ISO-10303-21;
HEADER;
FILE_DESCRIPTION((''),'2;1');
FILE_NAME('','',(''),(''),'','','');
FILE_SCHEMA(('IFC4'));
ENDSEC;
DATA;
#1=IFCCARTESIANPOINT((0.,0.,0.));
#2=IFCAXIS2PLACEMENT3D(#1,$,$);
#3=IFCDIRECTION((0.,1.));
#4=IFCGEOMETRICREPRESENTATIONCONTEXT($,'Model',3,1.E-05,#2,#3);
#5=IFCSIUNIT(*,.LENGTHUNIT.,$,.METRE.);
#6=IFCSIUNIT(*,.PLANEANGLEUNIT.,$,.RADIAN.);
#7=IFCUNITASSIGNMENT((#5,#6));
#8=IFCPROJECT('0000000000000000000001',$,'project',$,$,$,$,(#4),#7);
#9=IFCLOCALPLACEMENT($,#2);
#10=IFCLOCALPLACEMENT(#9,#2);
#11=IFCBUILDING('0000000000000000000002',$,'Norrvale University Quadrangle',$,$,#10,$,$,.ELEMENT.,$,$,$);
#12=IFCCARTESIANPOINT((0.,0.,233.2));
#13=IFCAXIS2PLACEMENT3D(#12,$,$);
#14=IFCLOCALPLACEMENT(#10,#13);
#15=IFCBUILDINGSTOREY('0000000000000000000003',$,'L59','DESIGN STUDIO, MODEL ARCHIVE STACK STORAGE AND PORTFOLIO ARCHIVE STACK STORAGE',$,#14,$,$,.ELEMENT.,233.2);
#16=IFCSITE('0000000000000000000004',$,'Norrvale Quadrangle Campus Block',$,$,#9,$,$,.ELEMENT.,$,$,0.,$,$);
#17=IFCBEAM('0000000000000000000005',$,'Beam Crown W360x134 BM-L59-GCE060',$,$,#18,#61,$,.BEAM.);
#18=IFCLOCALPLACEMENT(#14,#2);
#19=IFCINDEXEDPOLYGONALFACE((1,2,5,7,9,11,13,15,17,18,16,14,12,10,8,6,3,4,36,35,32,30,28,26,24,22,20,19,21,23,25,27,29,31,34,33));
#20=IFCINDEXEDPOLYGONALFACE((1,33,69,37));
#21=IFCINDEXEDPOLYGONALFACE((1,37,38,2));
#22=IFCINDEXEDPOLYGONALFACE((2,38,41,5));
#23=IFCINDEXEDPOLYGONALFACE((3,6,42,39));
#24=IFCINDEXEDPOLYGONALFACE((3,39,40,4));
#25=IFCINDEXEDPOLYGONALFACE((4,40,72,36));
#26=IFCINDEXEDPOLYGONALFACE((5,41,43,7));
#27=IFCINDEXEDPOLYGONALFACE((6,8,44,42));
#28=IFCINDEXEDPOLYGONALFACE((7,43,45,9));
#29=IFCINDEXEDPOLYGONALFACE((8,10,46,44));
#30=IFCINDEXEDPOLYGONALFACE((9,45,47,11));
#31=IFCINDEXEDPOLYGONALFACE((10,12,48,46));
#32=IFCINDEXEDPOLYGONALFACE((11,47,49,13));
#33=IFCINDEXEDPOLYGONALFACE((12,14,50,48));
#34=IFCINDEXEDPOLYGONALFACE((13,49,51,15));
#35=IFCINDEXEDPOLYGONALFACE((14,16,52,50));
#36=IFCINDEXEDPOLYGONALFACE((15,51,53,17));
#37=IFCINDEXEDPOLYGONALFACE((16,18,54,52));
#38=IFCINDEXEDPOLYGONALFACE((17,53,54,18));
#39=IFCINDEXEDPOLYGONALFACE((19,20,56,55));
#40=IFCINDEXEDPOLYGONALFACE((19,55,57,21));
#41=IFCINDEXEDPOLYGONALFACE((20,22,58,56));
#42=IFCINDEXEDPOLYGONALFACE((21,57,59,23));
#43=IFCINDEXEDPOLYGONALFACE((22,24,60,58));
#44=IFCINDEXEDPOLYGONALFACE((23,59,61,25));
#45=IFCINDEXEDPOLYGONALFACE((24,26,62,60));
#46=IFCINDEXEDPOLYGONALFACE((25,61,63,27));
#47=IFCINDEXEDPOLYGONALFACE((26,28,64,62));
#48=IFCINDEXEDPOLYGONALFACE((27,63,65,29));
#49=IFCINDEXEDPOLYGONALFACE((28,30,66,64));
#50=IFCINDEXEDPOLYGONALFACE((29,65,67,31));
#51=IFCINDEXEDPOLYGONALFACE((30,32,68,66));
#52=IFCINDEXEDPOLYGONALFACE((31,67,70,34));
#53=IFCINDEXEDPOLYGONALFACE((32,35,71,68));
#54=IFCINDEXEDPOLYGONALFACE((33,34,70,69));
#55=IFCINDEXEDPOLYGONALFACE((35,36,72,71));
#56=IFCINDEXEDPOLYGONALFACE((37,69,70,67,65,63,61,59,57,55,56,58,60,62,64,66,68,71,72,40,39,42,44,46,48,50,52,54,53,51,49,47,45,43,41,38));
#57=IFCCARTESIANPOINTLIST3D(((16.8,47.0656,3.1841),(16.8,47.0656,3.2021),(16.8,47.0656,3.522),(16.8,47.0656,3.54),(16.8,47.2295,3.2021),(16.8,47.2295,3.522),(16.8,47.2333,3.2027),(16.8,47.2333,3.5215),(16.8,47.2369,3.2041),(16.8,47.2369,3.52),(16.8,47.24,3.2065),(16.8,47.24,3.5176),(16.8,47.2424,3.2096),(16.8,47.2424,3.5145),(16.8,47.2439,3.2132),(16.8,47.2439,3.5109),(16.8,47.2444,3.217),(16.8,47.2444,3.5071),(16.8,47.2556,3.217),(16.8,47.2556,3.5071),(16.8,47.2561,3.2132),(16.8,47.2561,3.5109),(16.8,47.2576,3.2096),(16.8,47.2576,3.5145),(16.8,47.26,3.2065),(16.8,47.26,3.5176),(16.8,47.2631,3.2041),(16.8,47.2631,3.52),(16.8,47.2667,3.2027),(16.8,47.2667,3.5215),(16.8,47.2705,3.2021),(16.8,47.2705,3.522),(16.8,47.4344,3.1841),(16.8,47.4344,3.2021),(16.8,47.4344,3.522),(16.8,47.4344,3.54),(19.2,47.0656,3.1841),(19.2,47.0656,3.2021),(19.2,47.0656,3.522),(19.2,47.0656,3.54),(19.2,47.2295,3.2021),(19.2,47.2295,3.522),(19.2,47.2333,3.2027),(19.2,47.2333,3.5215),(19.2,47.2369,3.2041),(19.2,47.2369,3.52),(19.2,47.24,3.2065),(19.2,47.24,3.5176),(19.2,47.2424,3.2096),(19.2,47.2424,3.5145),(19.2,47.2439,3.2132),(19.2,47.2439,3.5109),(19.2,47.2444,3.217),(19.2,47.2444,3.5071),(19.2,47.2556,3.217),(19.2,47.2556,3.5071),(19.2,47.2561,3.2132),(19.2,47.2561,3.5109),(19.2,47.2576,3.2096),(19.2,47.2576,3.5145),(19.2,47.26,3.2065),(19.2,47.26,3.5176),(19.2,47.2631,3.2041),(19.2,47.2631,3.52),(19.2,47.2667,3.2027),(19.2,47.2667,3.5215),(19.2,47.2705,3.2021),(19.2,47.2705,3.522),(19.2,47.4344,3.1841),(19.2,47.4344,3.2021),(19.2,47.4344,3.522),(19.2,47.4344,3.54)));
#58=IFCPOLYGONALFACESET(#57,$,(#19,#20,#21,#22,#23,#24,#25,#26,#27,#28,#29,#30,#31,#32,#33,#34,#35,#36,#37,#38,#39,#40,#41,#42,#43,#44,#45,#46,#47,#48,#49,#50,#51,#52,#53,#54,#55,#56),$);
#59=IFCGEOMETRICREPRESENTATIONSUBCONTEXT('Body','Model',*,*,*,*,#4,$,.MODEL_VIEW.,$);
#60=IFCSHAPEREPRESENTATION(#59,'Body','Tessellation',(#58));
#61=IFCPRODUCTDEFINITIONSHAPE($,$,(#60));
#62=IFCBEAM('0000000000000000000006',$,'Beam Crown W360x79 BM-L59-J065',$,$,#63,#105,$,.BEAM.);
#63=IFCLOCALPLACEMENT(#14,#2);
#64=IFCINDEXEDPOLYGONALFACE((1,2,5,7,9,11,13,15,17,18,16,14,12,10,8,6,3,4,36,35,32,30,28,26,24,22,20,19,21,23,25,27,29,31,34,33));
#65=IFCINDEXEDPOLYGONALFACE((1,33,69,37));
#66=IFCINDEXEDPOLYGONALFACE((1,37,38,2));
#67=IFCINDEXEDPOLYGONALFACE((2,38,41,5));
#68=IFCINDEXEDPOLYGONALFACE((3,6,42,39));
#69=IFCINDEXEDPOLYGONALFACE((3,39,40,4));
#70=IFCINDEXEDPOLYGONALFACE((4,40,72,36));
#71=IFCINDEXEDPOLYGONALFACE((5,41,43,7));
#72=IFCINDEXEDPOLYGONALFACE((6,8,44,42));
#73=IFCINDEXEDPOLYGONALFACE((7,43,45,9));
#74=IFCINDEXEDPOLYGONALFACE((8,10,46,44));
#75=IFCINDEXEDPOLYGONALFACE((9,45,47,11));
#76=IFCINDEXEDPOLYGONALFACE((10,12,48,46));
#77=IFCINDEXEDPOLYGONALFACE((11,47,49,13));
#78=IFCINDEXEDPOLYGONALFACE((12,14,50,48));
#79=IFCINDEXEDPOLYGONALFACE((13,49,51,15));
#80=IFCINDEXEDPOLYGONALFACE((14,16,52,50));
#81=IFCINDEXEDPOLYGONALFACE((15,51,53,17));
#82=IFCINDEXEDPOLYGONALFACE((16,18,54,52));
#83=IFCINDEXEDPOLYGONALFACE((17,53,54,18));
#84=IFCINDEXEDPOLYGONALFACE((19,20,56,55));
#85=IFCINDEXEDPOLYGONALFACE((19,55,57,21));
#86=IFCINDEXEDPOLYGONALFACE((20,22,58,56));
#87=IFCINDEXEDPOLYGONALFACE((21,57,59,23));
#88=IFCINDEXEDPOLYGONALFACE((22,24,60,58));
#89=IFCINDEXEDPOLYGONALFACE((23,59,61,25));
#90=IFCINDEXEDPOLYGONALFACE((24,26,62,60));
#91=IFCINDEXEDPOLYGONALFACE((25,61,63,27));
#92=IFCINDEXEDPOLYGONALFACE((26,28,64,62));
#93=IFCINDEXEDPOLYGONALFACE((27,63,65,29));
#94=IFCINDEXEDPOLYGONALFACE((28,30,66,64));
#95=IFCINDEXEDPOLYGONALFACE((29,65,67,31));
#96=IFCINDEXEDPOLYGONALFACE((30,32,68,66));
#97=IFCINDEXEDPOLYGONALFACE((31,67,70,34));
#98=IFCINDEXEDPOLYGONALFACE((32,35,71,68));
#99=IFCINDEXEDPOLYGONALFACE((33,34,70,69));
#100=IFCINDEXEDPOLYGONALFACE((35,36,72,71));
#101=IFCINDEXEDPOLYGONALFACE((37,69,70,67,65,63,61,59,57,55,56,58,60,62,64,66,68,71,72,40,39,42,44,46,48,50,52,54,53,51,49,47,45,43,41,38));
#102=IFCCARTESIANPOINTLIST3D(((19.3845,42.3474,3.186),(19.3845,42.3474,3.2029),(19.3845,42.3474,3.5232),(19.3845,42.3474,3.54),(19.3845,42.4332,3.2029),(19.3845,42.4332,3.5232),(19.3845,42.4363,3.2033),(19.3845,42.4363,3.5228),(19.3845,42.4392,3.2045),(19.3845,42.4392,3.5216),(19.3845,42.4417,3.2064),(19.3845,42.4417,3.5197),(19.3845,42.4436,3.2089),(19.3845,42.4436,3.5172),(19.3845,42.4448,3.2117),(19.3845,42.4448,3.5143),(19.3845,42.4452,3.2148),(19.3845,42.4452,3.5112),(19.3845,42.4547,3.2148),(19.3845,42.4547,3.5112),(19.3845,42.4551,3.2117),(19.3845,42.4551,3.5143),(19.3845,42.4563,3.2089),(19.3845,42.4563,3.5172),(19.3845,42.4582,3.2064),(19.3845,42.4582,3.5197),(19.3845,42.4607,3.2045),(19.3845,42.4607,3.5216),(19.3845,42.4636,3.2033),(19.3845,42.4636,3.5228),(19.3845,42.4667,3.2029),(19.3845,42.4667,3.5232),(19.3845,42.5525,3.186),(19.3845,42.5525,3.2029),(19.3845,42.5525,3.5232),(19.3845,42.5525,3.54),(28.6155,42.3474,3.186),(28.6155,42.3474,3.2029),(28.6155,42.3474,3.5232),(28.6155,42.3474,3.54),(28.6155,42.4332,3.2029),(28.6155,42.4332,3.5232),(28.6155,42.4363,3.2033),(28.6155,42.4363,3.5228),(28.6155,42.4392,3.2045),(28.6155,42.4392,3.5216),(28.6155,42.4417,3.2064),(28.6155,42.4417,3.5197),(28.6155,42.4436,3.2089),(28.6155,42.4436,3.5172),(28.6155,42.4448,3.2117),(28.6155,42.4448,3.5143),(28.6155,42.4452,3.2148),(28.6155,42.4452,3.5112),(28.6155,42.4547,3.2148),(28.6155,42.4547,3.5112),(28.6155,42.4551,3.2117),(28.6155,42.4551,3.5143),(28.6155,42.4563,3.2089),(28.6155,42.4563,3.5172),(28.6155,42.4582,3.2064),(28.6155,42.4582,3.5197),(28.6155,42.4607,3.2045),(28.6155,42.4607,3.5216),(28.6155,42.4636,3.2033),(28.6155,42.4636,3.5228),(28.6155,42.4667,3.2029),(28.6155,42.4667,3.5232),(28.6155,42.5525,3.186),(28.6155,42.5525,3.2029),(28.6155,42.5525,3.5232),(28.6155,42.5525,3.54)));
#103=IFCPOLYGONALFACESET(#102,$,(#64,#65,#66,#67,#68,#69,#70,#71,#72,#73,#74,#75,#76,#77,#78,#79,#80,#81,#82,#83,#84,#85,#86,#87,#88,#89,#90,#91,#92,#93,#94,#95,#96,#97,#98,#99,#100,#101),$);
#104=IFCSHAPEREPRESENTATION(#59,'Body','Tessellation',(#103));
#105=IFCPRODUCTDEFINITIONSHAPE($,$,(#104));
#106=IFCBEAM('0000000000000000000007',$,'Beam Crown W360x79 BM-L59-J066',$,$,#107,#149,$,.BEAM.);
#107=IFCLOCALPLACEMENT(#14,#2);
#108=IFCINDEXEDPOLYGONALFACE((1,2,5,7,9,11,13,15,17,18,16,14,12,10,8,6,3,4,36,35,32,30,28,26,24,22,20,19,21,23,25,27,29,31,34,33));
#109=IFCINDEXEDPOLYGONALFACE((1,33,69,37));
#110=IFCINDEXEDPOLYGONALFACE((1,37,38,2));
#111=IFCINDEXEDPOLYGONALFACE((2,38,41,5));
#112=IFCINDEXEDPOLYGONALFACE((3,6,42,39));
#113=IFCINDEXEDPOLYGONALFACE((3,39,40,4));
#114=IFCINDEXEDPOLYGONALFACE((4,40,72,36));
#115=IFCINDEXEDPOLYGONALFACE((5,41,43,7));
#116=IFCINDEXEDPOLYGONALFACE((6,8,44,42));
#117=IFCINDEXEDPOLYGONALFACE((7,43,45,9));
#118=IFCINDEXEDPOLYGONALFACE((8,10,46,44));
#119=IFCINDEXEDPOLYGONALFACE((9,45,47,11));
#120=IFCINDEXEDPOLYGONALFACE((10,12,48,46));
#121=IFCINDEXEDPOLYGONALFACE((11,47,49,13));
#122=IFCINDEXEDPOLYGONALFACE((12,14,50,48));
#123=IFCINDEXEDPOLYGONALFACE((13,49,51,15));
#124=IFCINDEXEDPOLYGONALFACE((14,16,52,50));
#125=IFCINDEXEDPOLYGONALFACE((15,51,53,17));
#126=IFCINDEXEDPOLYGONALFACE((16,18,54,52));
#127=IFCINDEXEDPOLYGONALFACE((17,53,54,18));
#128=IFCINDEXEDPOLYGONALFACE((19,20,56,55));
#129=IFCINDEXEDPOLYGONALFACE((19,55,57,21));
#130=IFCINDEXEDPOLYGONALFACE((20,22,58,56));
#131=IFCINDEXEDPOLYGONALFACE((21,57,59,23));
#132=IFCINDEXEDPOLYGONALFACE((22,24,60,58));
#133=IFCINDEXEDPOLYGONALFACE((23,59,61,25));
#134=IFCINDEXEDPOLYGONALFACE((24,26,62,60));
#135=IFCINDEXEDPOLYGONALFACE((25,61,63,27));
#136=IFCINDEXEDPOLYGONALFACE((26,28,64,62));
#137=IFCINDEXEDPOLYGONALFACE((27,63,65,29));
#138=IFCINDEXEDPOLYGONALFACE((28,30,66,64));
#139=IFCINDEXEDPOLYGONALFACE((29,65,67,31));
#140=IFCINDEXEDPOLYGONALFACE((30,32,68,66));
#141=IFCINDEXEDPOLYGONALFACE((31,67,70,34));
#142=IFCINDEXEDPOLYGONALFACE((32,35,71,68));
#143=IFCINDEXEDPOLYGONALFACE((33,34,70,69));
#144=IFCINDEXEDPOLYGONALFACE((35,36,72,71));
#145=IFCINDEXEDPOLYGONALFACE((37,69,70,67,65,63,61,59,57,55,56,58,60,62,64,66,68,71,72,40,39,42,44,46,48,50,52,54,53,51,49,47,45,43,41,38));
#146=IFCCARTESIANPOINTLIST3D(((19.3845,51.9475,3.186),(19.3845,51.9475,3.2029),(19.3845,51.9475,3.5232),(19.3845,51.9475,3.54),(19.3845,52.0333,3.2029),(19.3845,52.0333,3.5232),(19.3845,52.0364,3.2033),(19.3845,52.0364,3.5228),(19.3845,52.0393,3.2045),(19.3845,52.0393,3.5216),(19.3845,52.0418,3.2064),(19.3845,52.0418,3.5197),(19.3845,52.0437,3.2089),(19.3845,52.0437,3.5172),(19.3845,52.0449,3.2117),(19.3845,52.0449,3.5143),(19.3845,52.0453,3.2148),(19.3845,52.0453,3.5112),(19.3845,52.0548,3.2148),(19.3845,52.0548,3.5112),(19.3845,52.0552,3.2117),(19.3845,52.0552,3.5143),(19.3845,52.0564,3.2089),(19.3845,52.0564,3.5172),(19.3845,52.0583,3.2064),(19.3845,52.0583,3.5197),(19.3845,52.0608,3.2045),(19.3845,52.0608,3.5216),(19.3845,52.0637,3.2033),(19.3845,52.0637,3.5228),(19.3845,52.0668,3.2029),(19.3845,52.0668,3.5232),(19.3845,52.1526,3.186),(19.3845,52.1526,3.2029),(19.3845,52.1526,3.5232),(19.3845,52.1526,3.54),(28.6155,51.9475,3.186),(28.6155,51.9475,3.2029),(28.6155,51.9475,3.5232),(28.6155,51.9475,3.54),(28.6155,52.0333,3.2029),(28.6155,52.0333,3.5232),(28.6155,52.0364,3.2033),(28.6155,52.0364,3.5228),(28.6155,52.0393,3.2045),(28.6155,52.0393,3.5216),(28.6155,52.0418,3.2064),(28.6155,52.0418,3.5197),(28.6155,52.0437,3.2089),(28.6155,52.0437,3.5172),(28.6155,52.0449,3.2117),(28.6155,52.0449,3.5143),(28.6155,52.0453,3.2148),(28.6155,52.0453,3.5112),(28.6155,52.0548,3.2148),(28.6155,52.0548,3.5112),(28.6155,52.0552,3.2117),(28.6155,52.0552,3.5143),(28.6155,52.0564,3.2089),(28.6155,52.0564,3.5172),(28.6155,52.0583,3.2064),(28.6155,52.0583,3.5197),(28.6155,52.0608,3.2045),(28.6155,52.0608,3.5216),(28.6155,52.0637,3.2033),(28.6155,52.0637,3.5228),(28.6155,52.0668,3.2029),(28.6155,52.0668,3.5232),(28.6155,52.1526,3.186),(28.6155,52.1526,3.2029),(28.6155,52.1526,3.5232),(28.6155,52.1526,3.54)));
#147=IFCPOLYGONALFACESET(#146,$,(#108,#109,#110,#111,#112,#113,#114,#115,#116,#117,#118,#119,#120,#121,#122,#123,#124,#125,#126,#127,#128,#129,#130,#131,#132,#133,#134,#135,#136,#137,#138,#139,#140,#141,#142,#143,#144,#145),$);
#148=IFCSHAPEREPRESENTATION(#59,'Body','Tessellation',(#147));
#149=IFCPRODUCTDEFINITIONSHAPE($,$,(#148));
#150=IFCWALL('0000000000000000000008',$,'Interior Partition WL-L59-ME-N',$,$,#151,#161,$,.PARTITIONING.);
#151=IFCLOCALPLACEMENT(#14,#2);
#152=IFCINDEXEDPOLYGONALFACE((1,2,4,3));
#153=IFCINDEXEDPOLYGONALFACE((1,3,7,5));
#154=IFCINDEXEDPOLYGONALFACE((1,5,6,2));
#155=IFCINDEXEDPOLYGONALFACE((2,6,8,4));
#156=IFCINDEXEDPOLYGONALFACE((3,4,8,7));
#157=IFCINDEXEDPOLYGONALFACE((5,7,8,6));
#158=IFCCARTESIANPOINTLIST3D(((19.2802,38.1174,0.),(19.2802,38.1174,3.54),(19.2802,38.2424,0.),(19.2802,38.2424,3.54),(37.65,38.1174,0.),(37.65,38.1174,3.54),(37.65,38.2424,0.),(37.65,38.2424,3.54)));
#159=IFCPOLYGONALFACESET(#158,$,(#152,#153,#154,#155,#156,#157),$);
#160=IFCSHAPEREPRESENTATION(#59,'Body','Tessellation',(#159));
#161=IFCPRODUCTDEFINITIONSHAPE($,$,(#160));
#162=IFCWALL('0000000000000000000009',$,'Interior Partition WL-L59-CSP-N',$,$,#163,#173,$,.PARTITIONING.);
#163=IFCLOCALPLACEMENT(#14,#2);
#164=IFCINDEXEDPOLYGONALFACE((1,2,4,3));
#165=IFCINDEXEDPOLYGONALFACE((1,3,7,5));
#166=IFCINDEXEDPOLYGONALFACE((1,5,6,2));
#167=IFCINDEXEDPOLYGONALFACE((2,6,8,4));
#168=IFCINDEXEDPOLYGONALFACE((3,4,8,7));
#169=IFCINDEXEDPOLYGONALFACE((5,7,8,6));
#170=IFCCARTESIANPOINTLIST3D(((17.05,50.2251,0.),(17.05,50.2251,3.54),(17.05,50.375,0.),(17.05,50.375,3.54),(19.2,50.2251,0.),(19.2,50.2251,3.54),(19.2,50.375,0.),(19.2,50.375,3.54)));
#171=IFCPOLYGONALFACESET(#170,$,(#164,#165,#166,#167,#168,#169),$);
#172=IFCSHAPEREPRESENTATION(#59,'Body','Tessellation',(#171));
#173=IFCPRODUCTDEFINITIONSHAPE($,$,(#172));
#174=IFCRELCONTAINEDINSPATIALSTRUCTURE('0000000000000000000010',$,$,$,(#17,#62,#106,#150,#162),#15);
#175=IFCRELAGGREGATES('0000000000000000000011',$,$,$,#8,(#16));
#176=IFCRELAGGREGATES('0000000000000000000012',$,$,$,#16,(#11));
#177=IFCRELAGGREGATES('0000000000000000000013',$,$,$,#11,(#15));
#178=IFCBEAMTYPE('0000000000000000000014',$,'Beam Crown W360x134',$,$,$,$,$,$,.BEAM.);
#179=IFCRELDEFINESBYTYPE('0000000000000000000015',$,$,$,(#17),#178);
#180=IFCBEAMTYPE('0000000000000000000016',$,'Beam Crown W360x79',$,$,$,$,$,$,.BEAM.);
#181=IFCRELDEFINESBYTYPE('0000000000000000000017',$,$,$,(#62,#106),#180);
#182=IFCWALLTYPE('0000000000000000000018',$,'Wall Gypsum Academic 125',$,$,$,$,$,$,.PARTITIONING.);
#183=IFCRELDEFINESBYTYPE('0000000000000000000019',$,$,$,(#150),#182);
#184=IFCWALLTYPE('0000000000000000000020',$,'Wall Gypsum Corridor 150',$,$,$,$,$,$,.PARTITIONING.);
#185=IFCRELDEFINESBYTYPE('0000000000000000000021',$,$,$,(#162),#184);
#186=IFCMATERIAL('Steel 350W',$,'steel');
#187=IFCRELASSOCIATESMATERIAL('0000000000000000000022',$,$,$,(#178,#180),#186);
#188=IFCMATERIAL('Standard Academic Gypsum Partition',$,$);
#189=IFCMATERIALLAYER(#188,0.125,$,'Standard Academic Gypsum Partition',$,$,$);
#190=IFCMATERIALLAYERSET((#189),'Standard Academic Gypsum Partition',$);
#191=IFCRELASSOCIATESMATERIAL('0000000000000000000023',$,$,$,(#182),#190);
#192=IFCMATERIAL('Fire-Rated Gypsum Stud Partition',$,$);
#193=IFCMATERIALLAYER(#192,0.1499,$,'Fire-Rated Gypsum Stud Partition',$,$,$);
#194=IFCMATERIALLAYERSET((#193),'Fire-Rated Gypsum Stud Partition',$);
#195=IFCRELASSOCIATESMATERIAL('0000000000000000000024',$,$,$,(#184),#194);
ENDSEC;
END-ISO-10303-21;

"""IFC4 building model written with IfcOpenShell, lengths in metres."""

from ifc_helpers import new_model, si_unit, direction, frame, frame_2d, origin, origin_2d, place, context, subcontext, project, spatial, rectangle, i_section, extrude, material, layer, layer_set, material_profile, profile_set, type_object, element, save


model = new_model("IFC4")

# Units and contexts
model_context = context("Model", 3, precision=1e-05, world=origin(), true_north=direction((0.0, 1.0)))
body_context = subcontext(model_context, "Body", "Model", "MODEL_VIEW")
ifc_project = project(units=[si_unit("LENGTHUNIT", "METRE"), si_unit("PLANEANGLEUNIT", "RADIAN")], contexts=[model_context])

# Site, building, storey
site_placement = place(None, origin())
site = spatial("IfcSite", under=ifc_project, at=site_placement, Name="Norrvale Quadrangle Campus Block", CompositionType="ELEMENT", RefElevation=0.0)
building_placement = place(site_placement, origin())
building = spatial("IfcBuilding", under=site, at=building_placement, Name="Norrvale University Quadrangle", CompositionType="ELEMENT")
storey_placement = place(building_placement, frame((0.0, 0.0, 233.2)))
storey = spatial("IfcBuildingStorey", under=building, at=storey_placement, Name="L59", Description="DESIGN STUDIO, MODEL ARCHIVE STACK STORAGE AND PORTFOLIO ARCHIVE STACK STORAGE", CompositionType="ELEMENT", Elevation=233.2)

# Beams
ifc_material_1 = material(Name="Steel 350W", Category="steel")
ifc_material_profile_1 = material_profile(ifc_material_1, i_section(OverallWidth=0.3689, OverallDepth=0.356, WebThickness=0.0112, FlangeThickness=0.0181, FilletRadius=0.0149, at=origin_2d()), Name="Steel 350W")
ifc_profile_set_1 = profile_set([ifc_material_profile_1], Name="Steel 350W")
beam_type_1 = type_object("IfcBeamType", Name="Beam Crown W360x134", PredefinedType="BEAM", material=ifc_profile_set_1)
beam_1_placement = place(storey_placement, frame((16.8, 47.25, 3.3621), z_axis=(1.0, 0.0, 0.0), x_axis=(0.0, 1.0, 0.0)))
element("IfcBeam", 1, at=beam_1_placement, inside=storey, type_object=beam_type_1, Name="Beam Crown W360x134 BM-L59-GCE060", PredefinedType="BEAM", context=body_context, shape_type="SweptSolid", body=[
    extrude(i_section(OverallWidth=0.3689, OverallDepth=0.356, WebThickness=0.0112, FlangeThickness=0.0181, FilletRadius=0.0149, at=origin_2d()), origin(), (0.0, 0.0, 1.0), 2.3999),
])
ifc_material_profile_2 = material_profile(ifc_material_1, i_section(OverallWidth=0.2051, OverallDepth=0.354, WebThickness=0.0095, FlangeThickness=0.0168, FilletRadius=0.012, at=origin_2d()), Name="Steel 350W")
ifc_profile_set_2 = profile_set([ifc_material_profile_2], Name="Steel 350W")
beam_type_2 = type_object("IfcBeamType", Name="Beam Crown W360x79", PredefinedType="BEAM", material=ifc_profile_set_2)
for number, where, z_axis, x_axis, name in (
    (2, (19.3845, 42.45, 3.363), (1.0, 0.0, 0.0), (0.0, 1.0, 0.0), "Beam Crown W360x79 BM-L59-J065"),
    (3, (19.3845, 52.05, 3.363), (1.0, 0.0, 0.0), (0.0, 1.0, 0.0), "Beam Crown W360x79 BM-L59-J066"),
):
    element("IfcBeam", number, at=place(storey_placement, frame(where, z_axis=z_axis, x_axis=x_axis)), inside=storey, type_object=beam_type_2, Name=name, PredefinedType="BEAM", context=body_context, shape_type="SweptSolid", body=[
        extrude(i_section(OverallWidth=0.2051, OverallDepth=0.354, WebThickness=0.0095, FlangeThickness=0.0168, FilletRadius=0.012, at=origin_2d()), origin(), (0.0, 0.0, 1.0), 9.231),
    ])

# Walls
ifc_material_2 = material(Name="Standard Academic Gypsum Partition")
ifc_layer_1 = layer(ifc_material_2, 0.125, Name="Standard Academic Gypsum Partition")
ifc_layer_set_1 = layer_set([ifc_layer_1], Name="Standard Academic Gypsum Partition")
wall_type_1 = type_object("IfcWallType", Name="Wall Gypsum Academic 125", PredefinedType="PARTITIONING", material=ifc_layer_set_1)
wall_1_placement = place(storey_placement, frame((19.28, 38.1799, 0.0), z_axis=(0.0, 0.0, 1.0), x_axis=(1.0, 0.0, 0.0)))
element("IfcWall", 4, at=wall_1_placement, inside=storey, type_object=wall_type_1, Name="Interior Partition WL-L59-ME-N", PredefinedType="PARTITIONING", context=body_context, shape_type="SweptSolid", body=[
    extrude(rectangle(XDim=18.3699, YDim=0.125, at=frame_2d((9.1851, 0.0))), origin(), (0.0, 0.0, 1.0), 3.54),
])
ifc_material_3 = material(Name="Fire-Rated Gypsum Stud Partition")
ifc_layer_2 = layer(ifc_material_3, 0.1499, Name="Fire-Rated Gypsum Stud Partition")
ifc_layer_set_2 = layer_set([ifc_layer_2], Name="Fire-Rated Gypsum Stud Partition")
wall_type_2 = type_object("IfcWallType", Name="Wall Gypsum Corridor 150", PredefinedType="PARTITIONING", material=ifc_layer_set_2)
wall_2_placement = place(storey_placement, frame((17.05, 50.3, 0.0), z_axis=(0.0, 0.0, 1.0), x_axis=(1.0, 0.0, 0.0)))
element("IfcWall", 5, at=wall_2_placement, inside=storey, type_object=wall_type_2, Name="Interior Partition WL-L59-CSP-N", PredefinedType="PARTITIONING", context=body_context, shape_type="SweptSolid", body=[
    extrude(rectangle(XDim=2.1499, YDim=0.1499, at=frame_2d((1.075, 0.0))), origin(), (0.0, 0.0, 1.0), 3.54),
])

save(model, "model.ifc")
